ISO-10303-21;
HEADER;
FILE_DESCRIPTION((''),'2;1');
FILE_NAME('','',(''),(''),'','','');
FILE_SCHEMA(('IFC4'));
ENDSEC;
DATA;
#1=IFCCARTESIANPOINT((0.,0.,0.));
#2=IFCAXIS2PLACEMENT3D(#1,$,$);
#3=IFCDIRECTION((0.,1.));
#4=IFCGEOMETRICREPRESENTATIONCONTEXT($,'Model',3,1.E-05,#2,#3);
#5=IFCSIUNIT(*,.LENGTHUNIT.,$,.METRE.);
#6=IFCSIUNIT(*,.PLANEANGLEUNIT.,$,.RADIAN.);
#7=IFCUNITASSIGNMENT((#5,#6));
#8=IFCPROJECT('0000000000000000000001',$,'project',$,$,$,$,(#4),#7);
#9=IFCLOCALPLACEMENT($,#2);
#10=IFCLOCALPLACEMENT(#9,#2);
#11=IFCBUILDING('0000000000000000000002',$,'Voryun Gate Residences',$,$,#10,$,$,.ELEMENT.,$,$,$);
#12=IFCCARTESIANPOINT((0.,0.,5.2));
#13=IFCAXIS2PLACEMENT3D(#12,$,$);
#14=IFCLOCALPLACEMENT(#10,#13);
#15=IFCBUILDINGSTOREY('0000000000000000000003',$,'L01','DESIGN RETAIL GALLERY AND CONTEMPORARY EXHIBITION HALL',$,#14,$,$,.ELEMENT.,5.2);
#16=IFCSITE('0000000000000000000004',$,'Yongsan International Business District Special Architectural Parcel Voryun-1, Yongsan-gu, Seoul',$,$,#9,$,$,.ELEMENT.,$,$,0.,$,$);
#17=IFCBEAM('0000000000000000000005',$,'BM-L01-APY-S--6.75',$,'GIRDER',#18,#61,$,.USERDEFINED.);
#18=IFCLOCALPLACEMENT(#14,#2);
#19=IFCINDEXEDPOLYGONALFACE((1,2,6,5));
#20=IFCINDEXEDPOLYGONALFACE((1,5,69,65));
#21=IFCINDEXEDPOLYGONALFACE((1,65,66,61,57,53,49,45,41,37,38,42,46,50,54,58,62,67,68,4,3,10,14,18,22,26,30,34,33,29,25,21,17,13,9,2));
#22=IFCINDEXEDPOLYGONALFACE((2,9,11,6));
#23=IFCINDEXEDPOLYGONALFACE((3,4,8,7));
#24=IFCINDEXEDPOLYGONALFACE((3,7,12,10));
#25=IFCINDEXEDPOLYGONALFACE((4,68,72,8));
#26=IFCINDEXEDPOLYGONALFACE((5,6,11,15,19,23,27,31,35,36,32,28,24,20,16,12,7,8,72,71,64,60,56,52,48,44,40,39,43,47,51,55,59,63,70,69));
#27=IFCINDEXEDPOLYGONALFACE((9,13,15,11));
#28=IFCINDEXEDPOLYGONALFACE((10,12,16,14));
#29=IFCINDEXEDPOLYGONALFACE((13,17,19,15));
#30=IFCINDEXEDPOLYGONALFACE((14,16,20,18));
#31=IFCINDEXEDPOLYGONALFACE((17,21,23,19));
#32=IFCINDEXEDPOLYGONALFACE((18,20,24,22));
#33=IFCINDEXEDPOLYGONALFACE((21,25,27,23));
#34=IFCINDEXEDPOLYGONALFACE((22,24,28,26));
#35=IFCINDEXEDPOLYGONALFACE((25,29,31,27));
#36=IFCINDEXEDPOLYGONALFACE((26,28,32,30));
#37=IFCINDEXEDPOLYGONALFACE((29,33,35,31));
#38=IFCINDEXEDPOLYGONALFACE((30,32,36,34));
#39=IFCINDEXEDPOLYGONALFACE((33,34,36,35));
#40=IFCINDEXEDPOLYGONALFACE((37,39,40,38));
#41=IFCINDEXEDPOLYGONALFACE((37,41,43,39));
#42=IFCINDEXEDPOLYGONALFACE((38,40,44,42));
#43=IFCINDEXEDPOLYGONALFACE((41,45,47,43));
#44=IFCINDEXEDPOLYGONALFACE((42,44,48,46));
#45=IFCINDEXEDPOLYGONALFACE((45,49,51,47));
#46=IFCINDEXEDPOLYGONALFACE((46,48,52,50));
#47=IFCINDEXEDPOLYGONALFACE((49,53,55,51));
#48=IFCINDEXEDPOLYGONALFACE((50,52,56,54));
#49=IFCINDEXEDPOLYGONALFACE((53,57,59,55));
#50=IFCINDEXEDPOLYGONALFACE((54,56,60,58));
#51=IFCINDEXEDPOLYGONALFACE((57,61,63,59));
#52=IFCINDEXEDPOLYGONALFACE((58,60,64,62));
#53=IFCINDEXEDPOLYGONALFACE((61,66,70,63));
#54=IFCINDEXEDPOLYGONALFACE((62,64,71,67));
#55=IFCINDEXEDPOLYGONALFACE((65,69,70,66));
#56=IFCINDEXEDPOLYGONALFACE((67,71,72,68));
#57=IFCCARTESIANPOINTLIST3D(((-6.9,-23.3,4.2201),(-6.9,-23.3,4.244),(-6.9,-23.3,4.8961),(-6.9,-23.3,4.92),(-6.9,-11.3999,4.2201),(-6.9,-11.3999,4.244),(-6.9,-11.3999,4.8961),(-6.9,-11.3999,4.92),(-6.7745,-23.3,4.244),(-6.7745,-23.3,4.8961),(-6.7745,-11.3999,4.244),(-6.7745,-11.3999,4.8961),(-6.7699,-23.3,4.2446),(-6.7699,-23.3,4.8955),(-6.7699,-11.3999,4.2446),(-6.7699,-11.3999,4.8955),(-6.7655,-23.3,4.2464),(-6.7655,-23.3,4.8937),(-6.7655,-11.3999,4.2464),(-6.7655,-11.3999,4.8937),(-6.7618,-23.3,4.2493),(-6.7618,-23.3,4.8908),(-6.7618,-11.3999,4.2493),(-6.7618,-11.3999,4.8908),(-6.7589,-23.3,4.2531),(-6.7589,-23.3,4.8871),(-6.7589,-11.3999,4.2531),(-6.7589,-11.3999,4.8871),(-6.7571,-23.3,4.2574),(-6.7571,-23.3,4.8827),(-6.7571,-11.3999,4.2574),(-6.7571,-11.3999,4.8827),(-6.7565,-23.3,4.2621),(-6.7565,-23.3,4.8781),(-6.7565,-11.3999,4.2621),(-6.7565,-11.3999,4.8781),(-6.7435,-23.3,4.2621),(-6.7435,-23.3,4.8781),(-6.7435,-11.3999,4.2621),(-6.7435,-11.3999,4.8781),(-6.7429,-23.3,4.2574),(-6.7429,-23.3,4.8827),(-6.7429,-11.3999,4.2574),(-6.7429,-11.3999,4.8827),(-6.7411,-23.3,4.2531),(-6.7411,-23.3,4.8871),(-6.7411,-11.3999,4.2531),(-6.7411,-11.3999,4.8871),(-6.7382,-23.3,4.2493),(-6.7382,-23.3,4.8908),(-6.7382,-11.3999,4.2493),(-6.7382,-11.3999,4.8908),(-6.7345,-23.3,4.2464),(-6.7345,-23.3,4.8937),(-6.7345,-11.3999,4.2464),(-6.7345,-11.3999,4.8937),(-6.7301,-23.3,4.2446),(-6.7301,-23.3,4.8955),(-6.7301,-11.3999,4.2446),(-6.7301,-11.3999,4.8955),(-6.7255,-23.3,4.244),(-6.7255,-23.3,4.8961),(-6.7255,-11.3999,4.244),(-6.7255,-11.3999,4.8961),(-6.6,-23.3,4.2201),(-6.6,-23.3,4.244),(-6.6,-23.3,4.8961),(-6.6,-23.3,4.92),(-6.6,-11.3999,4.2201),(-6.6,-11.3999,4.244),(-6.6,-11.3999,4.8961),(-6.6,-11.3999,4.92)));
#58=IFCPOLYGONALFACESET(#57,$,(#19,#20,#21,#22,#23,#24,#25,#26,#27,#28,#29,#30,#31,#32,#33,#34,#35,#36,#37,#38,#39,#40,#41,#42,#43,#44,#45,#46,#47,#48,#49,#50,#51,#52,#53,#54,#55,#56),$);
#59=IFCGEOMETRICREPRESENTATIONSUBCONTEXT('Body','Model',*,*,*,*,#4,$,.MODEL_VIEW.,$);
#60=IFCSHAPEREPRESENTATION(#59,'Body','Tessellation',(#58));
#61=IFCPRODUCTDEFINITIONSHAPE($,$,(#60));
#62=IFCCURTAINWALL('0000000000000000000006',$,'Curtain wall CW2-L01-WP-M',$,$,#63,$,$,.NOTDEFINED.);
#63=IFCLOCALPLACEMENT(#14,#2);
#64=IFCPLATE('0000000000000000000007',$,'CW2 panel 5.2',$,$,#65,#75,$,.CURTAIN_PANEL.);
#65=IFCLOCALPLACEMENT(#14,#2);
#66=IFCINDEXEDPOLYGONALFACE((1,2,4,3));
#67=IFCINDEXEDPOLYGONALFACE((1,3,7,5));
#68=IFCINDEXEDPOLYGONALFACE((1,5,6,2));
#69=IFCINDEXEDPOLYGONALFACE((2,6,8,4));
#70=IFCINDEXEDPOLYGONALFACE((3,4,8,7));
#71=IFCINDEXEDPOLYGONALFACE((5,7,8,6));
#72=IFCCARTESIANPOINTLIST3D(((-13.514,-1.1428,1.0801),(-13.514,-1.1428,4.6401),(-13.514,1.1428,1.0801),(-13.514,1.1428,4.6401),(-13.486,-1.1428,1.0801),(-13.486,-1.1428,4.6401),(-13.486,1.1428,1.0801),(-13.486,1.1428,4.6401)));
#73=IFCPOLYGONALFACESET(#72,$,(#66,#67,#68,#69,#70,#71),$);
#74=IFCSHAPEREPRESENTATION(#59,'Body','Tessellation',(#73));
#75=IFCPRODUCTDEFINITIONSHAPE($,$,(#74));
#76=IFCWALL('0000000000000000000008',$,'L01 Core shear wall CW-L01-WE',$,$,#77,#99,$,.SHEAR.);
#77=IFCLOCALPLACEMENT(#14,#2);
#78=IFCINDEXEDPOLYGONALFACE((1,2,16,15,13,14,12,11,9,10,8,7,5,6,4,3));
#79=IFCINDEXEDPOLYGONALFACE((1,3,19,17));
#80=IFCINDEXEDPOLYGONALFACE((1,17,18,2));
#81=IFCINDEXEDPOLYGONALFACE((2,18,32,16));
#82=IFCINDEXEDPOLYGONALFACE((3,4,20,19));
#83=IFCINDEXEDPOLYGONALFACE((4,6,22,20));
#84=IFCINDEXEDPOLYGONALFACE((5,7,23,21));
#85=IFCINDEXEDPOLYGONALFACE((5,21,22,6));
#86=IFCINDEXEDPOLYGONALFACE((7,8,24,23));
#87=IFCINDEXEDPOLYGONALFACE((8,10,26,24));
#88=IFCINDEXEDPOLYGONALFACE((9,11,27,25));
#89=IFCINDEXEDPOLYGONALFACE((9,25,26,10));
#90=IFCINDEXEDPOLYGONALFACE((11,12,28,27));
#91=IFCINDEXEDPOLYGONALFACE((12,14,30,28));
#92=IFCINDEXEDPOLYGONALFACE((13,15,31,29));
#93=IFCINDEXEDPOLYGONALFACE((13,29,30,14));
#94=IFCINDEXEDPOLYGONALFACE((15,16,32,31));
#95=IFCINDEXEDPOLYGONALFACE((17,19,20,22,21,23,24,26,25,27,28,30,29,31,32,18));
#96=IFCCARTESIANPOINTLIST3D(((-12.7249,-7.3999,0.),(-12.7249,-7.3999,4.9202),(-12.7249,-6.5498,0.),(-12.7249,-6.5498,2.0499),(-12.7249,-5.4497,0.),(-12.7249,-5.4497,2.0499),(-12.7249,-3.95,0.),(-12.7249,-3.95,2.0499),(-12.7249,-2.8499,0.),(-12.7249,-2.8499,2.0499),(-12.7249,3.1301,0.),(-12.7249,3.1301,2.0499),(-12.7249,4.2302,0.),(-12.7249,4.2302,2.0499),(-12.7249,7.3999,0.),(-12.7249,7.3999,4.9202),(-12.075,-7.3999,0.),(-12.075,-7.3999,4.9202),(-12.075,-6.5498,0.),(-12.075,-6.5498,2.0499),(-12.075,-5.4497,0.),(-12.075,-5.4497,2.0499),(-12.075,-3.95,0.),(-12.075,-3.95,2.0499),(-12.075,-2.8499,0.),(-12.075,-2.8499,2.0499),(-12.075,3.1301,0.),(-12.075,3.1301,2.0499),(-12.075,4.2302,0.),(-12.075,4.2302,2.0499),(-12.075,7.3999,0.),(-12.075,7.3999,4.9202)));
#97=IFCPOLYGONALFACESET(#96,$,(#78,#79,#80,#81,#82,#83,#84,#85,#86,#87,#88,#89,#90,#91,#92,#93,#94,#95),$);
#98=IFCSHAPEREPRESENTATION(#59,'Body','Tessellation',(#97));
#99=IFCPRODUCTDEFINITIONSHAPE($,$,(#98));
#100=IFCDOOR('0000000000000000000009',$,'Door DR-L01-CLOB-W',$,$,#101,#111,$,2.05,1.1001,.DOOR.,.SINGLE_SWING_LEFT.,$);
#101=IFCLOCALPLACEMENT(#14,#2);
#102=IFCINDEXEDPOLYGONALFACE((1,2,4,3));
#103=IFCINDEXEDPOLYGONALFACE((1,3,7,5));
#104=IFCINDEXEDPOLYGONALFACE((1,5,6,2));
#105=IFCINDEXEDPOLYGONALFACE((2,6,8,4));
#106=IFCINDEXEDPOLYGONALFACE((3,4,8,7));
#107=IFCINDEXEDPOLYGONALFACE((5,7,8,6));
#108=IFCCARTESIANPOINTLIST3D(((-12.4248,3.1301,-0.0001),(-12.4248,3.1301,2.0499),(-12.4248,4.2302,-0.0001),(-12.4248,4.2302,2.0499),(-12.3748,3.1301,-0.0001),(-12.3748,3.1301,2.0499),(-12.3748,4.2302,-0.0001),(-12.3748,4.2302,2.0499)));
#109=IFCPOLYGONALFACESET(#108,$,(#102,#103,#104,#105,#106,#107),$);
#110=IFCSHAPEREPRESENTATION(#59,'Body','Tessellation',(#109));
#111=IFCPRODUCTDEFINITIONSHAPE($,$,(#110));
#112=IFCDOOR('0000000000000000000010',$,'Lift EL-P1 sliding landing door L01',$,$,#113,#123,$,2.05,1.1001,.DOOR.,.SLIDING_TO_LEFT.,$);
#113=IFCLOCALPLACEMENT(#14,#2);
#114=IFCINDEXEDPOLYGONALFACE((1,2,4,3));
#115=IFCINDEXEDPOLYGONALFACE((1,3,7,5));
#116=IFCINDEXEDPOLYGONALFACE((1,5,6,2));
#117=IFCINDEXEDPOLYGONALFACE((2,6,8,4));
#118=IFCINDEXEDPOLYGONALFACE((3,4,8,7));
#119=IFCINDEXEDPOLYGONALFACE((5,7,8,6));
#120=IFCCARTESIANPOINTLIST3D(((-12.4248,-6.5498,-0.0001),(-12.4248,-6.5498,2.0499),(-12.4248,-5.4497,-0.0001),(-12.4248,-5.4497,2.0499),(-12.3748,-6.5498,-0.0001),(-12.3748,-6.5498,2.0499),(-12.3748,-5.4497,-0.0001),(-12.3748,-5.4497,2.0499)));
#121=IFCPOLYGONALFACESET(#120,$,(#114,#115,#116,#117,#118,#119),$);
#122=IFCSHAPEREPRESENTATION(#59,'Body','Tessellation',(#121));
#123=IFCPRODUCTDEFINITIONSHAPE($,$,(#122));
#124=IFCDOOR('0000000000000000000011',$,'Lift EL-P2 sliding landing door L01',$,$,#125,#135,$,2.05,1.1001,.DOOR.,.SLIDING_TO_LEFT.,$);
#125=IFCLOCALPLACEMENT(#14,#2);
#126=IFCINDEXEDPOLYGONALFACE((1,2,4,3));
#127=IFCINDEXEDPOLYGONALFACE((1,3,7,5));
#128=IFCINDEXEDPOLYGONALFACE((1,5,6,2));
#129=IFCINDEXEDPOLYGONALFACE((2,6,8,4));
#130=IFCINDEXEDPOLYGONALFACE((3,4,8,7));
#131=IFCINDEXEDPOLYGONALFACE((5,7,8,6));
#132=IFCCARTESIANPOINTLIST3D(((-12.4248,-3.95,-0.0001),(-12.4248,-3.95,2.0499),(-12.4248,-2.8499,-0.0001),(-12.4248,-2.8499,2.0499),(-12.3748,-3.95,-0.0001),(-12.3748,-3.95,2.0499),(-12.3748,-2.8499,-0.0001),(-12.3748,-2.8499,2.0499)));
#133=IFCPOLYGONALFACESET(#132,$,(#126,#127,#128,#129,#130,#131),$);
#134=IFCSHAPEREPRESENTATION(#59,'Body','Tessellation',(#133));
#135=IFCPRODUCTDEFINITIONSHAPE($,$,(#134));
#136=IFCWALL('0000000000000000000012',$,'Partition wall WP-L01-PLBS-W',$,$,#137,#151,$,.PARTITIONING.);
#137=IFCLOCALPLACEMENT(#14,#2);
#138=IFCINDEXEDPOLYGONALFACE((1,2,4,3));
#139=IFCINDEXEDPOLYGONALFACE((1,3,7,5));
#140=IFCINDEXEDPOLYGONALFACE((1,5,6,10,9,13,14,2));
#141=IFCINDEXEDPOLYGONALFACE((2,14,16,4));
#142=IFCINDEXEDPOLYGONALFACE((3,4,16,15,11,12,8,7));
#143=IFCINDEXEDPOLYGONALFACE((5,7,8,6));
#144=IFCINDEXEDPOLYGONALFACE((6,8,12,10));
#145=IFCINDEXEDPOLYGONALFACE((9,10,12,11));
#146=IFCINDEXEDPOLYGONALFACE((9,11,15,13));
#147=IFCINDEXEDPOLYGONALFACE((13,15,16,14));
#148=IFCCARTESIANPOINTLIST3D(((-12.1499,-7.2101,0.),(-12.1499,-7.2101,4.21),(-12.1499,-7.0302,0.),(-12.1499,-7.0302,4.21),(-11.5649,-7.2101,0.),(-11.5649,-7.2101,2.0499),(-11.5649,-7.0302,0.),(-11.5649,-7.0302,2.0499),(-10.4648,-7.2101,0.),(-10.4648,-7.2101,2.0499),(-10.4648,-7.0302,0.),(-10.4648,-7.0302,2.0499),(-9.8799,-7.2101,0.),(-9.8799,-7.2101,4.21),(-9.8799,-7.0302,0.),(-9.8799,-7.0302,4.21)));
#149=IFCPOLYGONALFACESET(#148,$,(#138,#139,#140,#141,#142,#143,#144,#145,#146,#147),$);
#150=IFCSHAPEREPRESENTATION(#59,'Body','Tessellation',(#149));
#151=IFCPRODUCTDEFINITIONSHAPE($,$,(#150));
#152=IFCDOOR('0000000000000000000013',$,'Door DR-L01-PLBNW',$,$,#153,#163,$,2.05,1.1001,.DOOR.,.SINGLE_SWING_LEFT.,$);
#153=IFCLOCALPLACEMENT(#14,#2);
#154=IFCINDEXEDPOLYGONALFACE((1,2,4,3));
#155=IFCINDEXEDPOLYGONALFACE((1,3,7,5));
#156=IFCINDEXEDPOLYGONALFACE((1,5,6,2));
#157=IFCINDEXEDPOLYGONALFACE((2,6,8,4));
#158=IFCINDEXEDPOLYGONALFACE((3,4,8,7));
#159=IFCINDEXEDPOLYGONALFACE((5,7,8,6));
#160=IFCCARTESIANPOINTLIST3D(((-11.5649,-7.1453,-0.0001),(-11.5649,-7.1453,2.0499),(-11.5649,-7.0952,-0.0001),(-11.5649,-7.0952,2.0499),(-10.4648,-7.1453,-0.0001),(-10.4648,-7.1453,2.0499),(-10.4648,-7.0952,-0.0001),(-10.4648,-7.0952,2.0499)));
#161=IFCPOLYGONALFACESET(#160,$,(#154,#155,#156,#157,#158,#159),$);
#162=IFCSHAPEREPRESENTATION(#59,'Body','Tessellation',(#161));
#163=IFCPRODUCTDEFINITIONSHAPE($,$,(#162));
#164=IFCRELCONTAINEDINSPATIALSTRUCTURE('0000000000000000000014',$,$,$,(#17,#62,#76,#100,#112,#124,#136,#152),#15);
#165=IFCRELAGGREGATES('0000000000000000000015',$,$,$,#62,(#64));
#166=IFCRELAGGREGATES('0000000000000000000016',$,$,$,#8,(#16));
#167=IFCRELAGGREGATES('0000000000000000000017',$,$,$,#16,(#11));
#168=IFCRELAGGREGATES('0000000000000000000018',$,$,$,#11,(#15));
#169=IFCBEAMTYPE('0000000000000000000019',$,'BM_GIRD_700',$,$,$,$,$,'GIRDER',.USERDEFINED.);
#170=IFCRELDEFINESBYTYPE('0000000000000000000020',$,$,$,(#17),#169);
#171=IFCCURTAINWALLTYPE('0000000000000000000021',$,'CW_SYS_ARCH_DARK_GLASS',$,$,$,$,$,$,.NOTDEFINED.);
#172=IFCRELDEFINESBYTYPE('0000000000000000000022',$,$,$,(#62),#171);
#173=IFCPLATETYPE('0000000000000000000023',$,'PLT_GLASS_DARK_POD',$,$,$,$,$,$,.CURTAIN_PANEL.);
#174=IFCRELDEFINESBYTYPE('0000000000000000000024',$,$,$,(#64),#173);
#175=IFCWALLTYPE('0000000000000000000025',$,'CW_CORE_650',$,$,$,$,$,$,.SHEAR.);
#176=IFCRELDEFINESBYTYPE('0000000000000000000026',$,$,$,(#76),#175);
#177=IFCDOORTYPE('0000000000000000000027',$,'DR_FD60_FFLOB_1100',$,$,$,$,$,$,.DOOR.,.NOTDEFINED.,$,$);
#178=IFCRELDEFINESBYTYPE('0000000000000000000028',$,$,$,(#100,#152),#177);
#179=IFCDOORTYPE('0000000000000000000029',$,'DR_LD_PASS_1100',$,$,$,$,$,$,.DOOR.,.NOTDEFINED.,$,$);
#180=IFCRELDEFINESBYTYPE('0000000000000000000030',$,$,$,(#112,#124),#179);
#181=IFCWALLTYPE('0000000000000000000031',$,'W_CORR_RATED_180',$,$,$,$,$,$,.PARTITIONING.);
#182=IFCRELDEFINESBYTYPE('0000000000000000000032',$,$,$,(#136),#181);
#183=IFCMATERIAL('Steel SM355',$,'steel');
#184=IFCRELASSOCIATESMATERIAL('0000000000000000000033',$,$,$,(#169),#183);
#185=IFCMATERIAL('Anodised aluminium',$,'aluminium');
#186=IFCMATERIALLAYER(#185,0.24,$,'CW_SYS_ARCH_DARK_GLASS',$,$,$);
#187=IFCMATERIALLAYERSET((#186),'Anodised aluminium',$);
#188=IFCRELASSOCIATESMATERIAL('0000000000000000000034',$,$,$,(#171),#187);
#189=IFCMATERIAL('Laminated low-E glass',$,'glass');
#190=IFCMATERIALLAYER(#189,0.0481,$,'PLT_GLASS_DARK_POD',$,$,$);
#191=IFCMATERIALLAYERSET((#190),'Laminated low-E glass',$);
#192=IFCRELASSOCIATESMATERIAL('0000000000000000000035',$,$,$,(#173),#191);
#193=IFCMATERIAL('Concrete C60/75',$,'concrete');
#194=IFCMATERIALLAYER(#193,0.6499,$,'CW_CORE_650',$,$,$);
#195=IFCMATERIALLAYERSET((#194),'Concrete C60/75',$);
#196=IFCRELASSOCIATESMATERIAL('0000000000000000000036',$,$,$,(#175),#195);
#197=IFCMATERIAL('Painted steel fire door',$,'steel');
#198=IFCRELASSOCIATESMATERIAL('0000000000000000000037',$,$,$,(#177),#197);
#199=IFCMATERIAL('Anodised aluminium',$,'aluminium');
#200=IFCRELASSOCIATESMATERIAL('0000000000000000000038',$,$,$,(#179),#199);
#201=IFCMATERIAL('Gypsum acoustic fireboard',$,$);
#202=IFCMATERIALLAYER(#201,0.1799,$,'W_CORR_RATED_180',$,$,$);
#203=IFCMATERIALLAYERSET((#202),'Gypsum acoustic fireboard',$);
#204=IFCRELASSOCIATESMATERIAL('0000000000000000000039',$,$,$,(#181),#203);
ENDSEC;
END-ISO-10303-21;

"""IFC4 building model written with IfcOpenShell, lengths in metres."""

from ifc_helpers import new_model, si_unit, direction, frame, frame_2d, origin, origin_2d, place, context, subcontext, project, spatial, rectangle, i_section, extrude, material, layer, layer_set, material_profile, profile_set, type_object, element, fill, aggregate, save


model = new_model("IFC4")

# Units and contexts
model_context = context("Model", 3, precision=1e-05, world=origin(), true_north=direction((0.0, 1.0)))
body_context = subcontext(model_context, "Body", "Model", "MODEL_VIEW")
ifc_project = project(units=[si_unit("LENGTHUNIT", "METRE"), si_unit("PLANEANGLEUNIT", "RADIAN")], contexts=[model_context])

# Site, building, storey
site_placement = place(None, origin())
site = spatial("IfcSite", under=ifc_project, at=site_placement, Name="Yongsan International Business District Special Architectural Parcel Voryun-1, Yongsan-gu, Seoul", CompositionType="ELEMENT", RefElevation=0.0)
building_placement = place(site_placement, origin())
building = spatial("IfcBuilding", under=site, at=building_placement, Name="Voryun Gate Residences", CompositionType="ELEMENT")
storey_placement = place(building_placement, frame((0.0, 0.0, 5.2)))
storey = spatial("IfcBuildingStorey", under=building, at=storey_placement, Name="L01", Description="DESIGN RETAIL GALLERY AND CONTEMPORARY EXHIBITION HALL", CompositionType="ELEMENT", Elevation=5.2)

# Beam
ifc_material_1 = material(Name="Steel SM355", Category="steel")
ifc_material_profile_1 = material_profile(ifc_material_1, i_section(OverallWidth=0.3, OverallDepth=0.7, WebThickness=0.0129, FlangeThickness=0.0239, FilletRadius=0.0181, at=origin_2d()), Name="H-700x300x13x24")
ifc_profile_set_1 = profile_set([ifc_material_profile_1], Name="Steel SM355")
beam_type = type_object("IfcBeamType", Name="BM_GIRD_700", ElementType="GIRDER", PredefinedType="USERDEFINED", material=ifc_profile_set_1)
beam_1_placement = place(storey_placement, frame((-6.75, -23.3, 4.5701), z_axis=(0.0, 1.0, 0.0), x_axis=(-1.0, 0.0, 0.0)))
element("IfcBeam", 1, at=beam_1_placement, inside=storey, type_object=beam_type, Name="BM-L01-APY-S--6.75", ObjectType="GIRDER", PredefinedType="USERDEFINED", context=body_context, shape_type="SweptSolid", body=[
    extrude(i_section(OverallWidth=0.3, OverallDepth=0.7, WebThickness=0.0129, FlangeThickness=0.0239, FilletRadius=0.0181, at=origin_2d()), origin(), (0.0, 0.0, 1.0), 11.9001),
])

# Curtain wall, plate
ifc_material_2 = material(Name="Anodised aluminium", Category="aluminium")
ifc_layer_1 = layer(ifc_material_2, 0.24, Name="CW_SYS_ARCH_DARK_GLASS")
ifc_layer_set_1 = layer_set([ifc_layer_1], Name="Anodised aluminium")
curtain_wall_type = type_object("IfcCurtainWallType", Name="CW_SYS_ARCH_DARK_GLASS", PredefinedType="NOTDEFINED", material=ifc_layer_set_1)
curtain_wall_placement = place(storey_placement, origin())
curtain_wall = element("IfcCurtainWall", 2, at=curtain_wall_placement, inside=storey, type_object=curtain_wall_type, Name="Curtain wall CW2-L01-WP-M", PredefinedType="NOTDEFINED")
ifc_material_3 = material(Name="Laminated low-E glass", Category="glass")
ifc_layer_2 = layer(ifc_material_3, 0.0481, Name="PLT_GLASS_DARK_POD")
ifc_layer_set_2 = layer_set([ifc_layer_2], Name="Laminated low-E glass")
plate_type = type_object("IfcPlateType", Name="PLT_GLASS_DARK_POD", PredefinedType="CURTAIN_PANEL", material=ifc_layer_set_2)
plate_placement = place(storey_placement, frame((-13.5, 0.0, 1.0801), z_axis=(0.0, 0.0, 1.0), x_axis=(0.0, 1.0, 0.0)))
plate = element("IfcPlate", 3, at=plate_placement, type_object=plate_type, Name="CW2 panel 5.2", PredefinedType="CURTAIN_PANEL", context=body_context, shape_type="SweptSolid", body=[
    extrude(rectangle(XDim=2.2856, YDim=0.0281, at=origin_2d()), origin(), (0.0, 0.0, 1.0), 3.5601),
])
aggregate(curtain_wall, [plate])

# Wall, openings, doors
ifc_material_4 = material(Name="Concrete C60/75", Category="concrete")
ifc_layer_3 = layer(ifc_material_4, 0.6499, Name="CW_CORE_650")
ifc_layer_set_3 = layer_set([ifc_layer_3], Name="Concrete C60/75")
wall_type_1 = type_object("IfcWallType", Name="CW_CORE_650", PredefinedType="SHEAR", material=ifc_layer_set_3)
wall_1_placement = place(storey_placement, frame((-12.3999, -7.3999, 0.0), z_axis=(0.0, 0.0, 1.0), x_axis=(0.0, 1.0, 0.0)))
wall_1 = element("IfcWall", 4, at=wall_1_placement, inside=storey, type_object=wall_type_1, Name="L01 Core shear wall CW-L01-WE", PredefinedType="SHEAR", context=body_context, shape_type="SweptSolid", body=[
    extrude(rectangle(XDim=14.7998, YDim=0.6499, at=frame_2d((7.3999, 0.0))), origin(), (0.0, 0.0, 1.0), 4.9202),
])
opening_1_placement = place(wall_1_placement, frame((0.8501, 0.0, 0.0)))
opening_1 = element("IfcOpeningElement", 5, at=opening_1_placement, cuts=wall_1, PredefinedType="OPENING", context=body_context, shape_type="SweptSolid", body=[
    extrude(rectangle(XDim=1.1001, YDim=2.05, at=frame_2d((0.55, 1.0249))), frame((0.0, 0.335, 0.0), z_axis=(0.0, -1.0, 0.0), x_axis=(1.0, 0.0, 0.0)), (0.0, 0.0, 1.0), 0.6699),
])
opening_2_placement = place(wall_1_placement, frame((3.45, 0.0, 0.0)))
opening_2 = element("IfcOpeningElement", 6, at=opening_2_placement, cuts=wall_1, PredefinedType="OPENING", context=body_context, shape_type="SweptSolid", body=[
    extrude(rectangle(XDim=1.1001, YDim=2.05, at=frame_2d((0.55, 1.0249))), frame((0.0, 0.335, 0.0), z_axis=(0.0, -1.0, 0.0), x_axis=(1.0, 0.0, 0.0)), (0.0, 0.0, 1.0), 0.6699),
])
opening_3_placement = place(wall_1_placement, frame((10.53, 0.0, 0.0)))
opening_3 = element("IfcOpeningElement", 7, at=opening_3_placement, cuts=wall_1, PredefinedType="OPENING", context=body_context, shape_type="SweptSolid", body=[
    extrude(rectangle(XDim=1.1001, YDim=2.05, at=frame_2d((0.55, 1.0249))), frame((0.0, 0.335, 0.0), z_axis=(0.0, -1.0, 0.0), x_axis=(1.0, 0.0, 0.0)), (0.0, 0.0, 1.0), 0.6699),
])
ifc_material_5 = material(Name="Painted steel fire door", Category="steel")
door_type_1 = type_object("IfcDoorType", Name="DR_FD60_FFLOB_1100", OperationType="NOTDEFINED", PredefinedType="DOOR", material=ifc_material_5)
door_1_placement = place(opening_3_placement, origin())
door_1 = element("IfcDoor", 8, at=door_1_placement, inside=storey, type_object=door_type_1, Name="Door DR-L01-CLOB-W", OperationType="SINGLE_SWING_LEFT", OverallHeight=2.05, OverallWidth=1.1001, PredefinedType="DOOR", context=body_context, shape_type="SweptSolid", body=[
    extrude(rectangle(XDim=1.1001, YDim=2.05, at=frame_2d((0.55, 1.0249))), frame((0.0, 0.0249, 0.0), z_axis=(0.0, -1.0, 0.0), x_axis=(1.0, 0.0, 0.0)), (0.0, 0.0, 1.0), 0.05),
])
fill(opening_3, door_1)
ifc_material_6 = material(Name="Anodised aluminium", Category="aluminium")
door_type_2 = type_object("IfcDoorType", Name="DR_LD_PASS_1100", OperationType="NOTDEFINED", PredefinedType="DOOR", material=ifc_material_6)
door_2_placement = place(opening_1_placement, origin())
door_2 = element("IfcDoor", 9, at=door_2_placement, inside=storey, type_object=door_type_2, Name="Lift EL-P1 sliding landing door L01", OperationType="SLIDING_TO_LEFT", OverallHeight=2.05, OverallWidth=1.1001, PredefinedType="DOOR", context=body_context, shape_type="SweptSolid", body=[
    extrude(rectangle(XDim=1.1001, YDim=2.05, at=frame_2d((0.55, 1.0249))), frame((0.0, 0.0249, 0.0), z_axis=(0.0, -1.0, 0.0), x_axis=(1.0, 0.0, 0.0)), (0.0, 0.0, 1.0), 0.05),
])
fill(opening_1, door_2)
door_3_placement = place(opening_2_placement, origin())
door_3 = element("IfcDoor", 10, at=door_3_placement, inside=storey, type_object=door_type_2, Name="Lift EL-P2 sliding landing door L01", OperationType="SLIDING_TO_LEFT", OverallHeight=2.05, OverallWidth=1.1001, PredefinedType="DOOR", context=body_context, shape_type="SweptSolid", body=[
    extrude(rectangle(XDim=1.1001, YDim=2.05, at=frame_2d((0.55, 1.0249))), frame((0.0, 0.0249, 0.0), z_axis=(0.0, -1.0, 0.0), x_axis=(1.0, 0.0, 0.0)), (0.0, 0.0, 1.0), 0.05),
])
fill(opening_2, door_3)

# Wall, opening, door
ifc_material_7 = material(Name="Gypsum acoustic fireboard")
ifc_layer_4 = layer(ifc_material_7, 0.1799, Name="W_CORR_RATED_180")
ifc_layer_set_4 = layer_set([ifc_layer_4], Name="Gypsum acoustic fireboard")
wall_type_2 = type_object("IfcWallType", Name="W_CORR_RATED_180", PredefinedType="PARTITIONING", material=ifc_layer_set_4)
wall_2_placement = place(storey_placement, frame((-12.1499, -7.1201, 0.0), z_axis=(0.0, 0.0, 1.0), x_axis=(1.0, 0.0, 0.0)))
wall_2 = element("IfcWall", 11, at=wall_2_placement, inside=storey, type_object=wall_type_2, Name="Partition wall WP-L01-PLBS-W", PredefinedType="PARTITIONING", context=body_context, shape_type="SweptSolid", body=[
    extrude(rectangle(XDim=2.27, YDim=0.1799, at=frame_2d((1.135, 0.0))), origin(), (0.0, 0.0, 1.0), 4.21),
])
opening_4_placement = place(wall_2_placement, frame((0.585, 0.0, 0.0)))
opening_4 = element("IfcOpeningElement", 12, at=opening_4_placement, cuts=wall_2, PredefinedType="OPENING", context=body_context, shape_type="SweptSolid", body=[
    extrude(rectangle(XDim=1.1001, YDim=2.05, at=frame_2d((0.55, 1.0249))), frame((0.0, 0.0999, 0.0), z_axis=(0.0, -1.0, 0.0), x_axis=(1.0, 0.0, 0.0)), (0.0, 0.0, 1.0), 0.2),
])
door_4_placement = place(opening_4_placement, origin())
door_4 = element("IfcDoor", 13, at=door_4_placement, inside=storey, type_object=door_type_1, Name="Door DR-L01-PLBNW", OperationType="SINGLE_SWING_LEFT", OverallHeight=2.05, OverallWidth=1.1001, PredefinedType="DOOR", context=body_context, shape_type="SweptSolid", body=[
    extrude(rectangle(XDim=1.1001, YDim=2.05, at=frame_2d((0.55, 1.0249))), frame((0.0, 0.0249, 0.0), z_axis=(0.0, -1.0, 0.0), x_axis=(1.0, 0.0, 0.0)), (0.0, 0.0, 1.0), 0.05),
])
fill(opening_4, door_4)

save(model, "model.ifc")
